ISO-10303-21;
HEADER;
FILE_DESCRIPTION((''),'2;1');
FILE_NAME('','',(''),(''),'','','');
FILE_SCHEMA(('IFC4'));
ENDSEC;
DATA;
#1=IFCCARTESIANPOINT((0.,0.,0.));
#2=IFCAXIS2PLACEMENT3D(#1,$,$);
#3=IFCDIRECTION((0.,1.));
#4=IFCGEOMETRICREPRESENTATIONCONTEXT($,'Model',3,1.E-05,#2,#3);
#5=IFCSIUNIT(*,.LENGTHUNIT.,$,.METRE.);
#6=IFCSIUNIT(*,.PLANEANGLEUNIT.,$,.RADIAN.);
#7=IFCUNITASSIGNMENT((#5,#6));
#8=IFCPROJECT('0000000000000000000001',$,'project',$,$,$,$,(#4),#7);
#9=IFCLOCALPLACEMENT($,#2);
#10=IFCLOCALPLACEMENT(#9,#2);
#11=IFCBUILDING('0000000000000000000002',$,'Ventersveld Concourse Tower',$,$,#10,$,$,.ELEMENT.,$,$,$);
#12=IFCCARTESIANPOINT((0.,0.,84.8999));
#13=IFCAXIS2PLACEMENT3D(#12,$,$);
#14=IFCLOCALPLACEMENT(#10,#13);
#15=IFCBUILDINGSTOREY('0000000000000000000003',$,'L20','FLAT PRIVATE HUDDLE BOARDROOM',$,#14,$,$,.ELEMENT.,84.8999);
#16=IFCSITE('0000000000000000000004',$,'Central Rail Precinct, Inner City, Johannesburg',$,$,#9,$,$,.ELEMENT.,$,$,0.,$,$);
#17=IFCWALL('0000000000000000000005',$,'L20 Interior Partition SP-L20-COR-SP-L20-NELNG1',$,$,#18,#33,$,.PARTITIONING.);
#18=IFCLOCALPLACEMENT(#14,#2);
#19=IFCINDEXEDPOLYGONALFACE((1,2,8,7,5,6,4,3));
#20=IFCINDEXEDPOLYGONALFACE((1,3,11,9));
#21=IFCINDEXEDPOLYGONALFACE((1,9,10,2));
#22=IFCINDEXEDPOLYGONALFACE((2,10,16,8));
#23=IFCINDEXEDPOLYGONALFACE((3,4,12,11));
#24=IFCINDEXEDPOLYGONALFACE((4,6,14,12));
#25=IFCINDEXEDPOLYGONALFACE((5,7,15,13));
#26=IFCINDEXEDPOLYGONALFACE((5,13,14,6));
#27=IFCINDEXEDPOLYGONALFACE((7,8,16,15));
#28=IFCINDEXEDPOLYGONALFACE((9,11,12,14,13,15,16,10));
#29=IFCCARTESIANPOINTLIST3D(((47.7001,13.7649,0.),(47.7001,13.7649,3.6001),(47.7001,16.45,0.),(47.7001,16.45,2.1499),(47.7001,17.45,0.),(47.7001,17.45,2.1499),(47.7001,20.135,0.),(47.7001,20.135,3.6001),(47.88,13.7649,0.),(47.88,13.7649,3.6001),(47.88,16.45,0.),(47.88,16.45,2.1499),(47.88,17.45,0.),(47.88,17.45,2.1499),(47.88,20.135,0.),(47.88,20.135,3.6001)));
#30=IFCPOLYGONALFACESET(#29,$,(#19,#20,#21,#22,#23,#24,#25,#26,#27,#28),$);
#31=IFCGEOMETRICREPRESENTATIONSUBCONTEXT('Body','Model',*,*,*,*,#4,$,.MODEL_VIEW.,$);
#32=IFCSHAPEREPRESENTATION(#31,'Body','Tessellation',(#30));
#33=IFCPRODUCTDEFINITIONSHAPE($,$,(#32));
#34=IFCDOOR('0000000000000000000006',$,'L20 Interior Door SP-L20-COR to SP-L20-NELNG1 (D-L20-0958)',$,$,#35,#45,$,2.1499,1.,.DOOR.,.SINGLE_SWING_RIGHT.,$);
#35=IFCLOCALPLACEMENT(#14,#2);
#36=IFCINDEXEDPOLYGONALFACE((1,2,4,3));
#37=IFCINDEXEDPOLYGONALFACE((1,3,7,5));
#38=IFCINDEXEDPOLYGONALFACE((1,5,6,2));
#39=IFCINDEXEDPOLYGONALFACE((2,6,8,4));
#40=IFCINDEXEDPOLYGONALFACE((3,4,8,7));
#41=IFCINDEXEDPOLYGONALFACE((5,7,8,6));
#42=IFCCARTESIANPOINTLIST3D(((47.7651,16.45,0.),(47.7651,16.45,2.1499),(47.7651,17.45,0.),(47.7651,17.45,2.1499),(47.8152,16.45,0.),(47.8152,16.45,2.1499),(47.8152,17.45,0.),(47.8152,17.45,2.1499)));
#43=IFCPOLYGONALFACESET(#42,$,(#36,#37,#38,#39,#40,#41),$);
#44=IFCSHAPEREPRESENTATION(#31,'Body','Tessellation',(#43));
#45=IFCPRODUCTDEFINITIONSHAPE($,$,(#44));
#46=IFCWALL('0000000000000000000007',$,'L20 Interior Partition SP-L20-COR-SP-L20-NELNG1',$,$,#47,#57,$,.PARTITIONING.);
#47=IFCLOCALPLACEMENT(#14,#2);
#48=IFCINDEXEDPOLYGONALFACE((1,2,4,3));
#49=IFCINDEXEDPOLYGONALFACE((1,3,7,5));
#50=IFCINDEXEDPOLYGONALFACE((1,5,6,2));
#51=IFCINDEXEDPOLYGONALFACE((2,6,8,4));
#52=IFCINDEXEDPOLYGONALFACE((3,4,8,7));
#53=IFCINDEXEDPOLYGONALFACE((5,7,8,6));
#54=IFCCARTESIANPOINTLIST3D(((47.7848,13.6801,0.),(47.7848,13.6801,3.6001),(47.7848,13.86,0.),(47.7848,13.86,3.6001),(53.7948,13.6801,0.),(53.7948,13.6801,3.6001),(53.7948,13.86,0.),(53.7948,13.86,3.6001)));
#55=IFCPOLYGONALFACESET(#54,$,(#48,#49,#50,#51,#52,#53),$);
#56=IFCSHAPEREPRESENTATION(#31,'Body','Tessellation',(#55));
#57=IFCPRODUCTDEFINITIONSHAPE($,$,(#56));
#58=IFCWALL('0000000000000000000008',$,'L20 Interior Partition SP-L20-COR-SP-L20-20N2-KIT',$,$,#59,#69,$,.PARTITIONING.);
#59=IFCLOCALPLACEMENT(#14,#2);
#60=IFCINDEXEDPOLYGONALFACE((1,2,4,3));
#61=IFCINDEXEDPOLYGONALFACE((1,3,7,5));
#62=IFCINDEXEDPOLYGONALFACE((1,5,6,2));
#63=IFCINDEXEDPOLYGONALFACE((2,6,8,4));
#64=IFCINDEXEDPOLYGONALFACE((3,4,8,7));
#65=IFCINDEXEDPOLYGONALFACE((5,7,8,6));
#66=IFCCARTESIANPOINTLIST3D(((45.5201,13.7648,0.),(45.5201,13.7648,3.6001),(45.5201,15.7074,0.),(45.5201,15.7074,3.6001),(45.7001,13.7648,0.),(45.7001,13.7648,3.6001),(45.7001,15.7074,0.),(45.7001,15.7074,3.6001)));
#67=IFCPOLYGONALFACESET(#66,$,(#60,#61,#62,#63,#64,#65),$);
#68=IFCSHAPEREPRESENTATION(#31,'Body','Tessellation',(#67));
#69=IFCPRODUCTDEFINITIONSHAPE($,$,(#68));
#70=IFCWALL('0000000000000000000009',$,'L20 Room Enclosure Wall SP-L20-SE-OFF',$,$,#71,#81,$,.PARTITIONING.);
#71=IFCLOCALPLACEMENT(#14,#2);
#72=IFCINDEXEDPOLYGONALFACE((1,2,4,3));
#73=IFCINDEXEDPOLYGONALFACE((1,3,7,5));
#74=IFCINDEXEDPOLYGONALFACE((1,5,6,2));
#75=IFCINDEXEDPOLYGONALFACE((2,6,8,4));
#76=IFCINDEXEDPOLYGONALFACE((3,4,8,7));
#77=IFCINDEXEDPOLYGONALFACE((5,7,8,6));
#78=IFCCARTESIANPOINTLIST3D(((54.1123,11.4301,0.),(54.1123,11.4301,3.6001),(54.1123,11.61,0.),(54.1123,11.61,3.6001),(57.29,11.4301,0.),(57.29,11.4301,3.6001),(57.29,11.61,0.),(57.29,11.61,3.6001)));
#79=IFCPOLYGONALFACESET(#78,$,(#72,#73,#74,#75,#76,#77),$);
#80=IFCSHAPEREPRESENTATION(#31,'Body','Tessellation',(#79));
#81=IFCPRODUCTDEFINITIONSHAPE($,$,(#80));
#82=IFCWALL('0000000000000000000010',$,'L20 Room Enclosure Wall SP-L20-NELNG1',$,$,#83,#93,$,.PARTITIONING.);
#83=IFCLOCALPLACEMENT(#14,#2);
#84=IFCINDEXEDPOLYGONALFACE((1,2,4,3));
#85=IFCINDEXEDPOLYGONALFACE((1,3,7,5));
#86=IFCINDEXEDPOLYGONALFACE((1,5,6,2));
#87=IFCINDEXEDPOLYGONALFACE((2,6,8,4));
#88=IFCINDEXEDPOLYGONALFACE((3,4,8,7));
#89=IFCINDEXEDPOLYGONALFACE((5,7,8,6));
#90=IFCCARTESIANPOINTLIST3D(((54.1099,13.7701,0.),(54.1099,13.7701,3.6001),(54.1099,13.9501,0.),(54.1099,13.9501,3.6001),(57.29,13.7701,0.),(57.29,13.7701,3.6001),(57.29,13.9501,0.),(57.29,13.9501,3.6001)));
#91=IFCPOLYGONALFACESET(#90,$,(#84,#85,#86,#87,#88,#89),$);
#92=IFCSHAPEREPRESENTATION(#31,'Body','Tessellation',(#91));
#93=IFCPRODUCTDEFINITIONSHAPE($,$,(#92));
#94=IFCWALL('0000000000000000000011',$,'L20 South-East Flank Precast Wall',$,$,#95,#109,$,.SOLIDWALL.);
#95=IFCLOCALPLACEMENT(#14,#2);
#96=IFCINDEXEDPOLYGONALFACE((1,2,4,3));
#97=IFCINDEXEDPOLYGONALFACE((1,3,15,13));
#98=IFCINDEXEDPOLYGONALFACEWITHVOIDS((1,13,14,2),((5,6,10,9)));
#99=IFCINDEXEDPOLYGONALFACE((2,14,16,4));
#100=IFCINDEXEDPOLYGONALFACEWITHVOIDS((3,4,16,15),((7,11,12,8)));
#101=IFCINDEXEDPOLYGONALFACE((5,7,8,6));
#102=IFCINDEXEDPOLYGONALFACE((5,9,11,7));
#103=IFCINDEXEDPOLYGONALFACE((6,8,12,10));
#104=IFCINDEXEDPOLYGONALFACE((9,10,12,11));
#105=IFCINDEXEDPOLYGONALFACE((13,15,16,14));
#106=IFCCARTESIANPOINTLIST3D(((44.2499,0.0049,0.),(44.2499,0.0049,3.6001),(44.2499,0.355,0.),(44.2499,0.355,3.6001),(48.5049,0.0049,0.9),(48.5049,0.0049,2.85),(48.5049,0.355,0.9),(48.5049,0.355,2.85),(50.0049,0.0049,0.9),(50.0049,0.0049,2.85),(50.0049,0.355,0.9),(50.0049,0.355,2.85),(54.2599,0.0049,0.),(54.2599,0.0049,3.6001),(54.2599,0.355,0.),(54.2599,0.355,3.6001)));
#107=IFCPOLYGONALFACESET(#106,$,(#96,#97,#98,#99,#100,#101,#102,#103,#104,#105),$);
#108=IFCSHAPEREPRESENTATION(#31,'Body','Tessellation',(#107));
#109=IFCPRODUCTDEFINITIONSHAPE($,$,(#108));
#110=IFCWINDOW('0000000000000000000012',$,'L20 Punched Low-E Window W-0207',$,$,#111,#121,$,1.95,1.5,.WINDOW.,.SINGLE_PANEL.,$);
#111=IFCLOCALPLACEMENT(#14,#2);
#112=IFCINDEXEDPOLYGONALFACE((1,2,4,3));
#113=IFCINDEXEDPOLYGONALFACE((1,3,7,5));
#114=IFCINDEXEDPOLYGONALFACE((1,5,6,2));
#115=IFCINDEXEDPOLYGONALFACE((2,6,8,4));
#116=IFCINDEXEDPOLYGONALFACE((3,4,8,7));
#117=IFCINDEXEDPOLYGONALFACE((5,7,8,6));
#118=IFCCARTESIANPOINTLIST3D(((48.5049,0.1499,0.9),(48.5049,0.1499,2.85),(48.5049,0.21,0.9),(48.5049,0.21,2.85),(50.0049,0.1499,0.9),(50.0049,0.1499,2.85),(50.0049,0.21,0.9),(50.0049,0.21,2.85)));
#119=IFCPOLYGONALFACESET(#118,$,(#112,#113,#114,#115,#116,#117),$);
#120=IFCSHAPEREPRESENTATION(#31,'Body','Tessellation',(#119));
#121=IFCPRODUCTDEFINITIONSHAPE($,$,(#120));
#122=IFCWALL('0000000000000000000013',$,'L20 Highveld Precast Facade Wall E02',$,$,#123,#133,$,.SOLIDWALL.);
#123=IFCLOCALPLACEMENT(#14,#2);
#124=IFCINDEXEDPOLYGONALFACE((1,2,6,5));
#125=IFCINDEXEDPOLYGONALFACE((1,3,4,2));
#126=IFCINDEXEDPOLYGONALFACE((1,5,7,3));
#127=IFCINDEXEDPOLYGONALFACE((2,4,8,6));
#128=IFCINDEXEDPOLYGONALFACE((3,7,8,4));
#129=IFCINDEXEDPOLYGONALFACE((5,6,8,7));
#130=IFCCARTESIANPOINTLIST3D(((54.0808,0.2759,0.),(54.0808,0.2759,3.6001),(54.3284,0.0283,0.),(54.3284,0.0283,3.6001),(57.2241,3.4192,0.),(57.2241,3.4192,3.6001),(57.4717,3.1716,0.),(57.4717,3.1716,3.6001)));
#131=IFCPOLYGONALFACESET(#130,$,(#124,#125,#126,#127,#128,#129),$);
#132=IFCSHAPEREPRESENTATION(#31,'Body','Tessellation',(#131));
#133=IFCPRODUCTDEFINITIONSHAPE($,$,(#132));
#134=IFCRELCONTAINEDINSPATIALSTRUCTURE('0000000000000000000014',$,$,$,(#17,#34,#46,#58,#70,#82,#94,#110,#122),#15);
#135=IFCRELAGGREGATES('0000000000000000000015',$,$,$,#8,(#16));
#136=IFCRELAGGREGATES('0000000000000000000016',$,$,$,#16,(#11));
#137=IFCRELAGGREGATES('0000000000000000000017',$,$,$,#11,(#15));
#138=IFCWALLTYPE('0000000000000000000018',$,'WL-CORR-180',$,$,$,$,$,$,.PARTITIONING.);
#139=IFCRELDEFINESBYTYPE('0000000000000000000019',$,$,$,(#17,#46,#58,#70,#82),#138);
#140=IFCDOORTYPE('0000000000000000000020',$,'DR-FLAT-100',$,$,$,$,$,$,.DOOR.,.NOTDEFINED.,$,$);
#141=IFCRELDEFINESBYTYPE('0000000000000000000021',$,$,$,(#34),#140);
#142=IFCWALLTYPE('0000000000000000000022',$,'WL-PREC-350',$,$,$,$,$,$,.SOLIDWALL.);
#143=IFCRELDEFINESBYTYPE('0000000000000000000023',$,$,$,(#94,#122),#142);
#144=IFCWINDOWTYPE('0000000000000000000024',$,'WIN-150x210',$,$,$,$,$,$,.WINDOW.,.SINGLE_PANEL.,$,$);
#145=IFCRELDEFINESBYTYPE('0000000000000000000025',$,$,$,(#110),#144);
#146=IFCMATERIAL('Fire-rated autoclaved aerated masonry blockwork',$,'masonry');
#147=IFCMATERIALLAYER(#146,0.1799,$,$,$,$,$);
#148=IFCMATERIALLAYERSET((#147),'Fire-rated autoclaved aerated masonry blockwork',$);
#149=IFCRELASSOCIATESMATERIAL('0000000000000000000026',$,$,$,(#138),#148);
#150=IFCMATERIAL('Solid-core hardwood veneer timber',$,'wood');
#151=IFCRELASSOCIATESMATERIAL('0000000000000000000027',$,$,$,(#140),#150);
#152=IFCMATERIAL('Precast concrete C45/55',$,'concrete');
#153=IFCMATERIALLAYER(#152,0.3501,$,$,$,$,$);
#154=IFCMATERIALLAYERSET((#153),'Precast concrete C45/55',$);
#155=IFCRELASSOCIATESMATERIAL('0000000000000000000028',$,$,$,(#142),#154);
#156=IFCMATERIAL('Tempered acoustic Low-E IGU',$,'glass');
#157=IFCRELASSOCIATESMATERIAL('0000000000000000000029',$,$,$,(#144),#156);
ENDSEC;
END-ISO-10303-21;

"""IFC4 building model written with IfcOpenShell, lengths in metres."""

from ifc_helpers import new_model, si_unit, direction, frame, frame_2d, origin, place, context, subcontext, project, spatial, rectangle, extrude, material, layer, layer_set, type_object, element, fill, save


model = new_model("IFC4")

# Units and contexts
model_context = context("Model", 3, precision=1e-05, world=origin(), true_north=direction((0.0, 1.0)))
body_context = subcontext(model_context, "Body", "Model", "MODEL_VIEW")
ifc_project = project(units=[si_unit("LENGTHUNIT", "METRE"), si_unit("PLANEANGLEUNIT", "RADIAN")], contexts=[model_context])

# Site, building, storey
site_placement = place(None, origin())
site = spatial("IfcSite", under=ifc_project, at=site_placement, Name="Central Rail Precinct, Inner City, Johannesburg", CompositionType="ELEMENT", RefElevation=0.0)
building_placement = place(site_placement, origin())
building = spatial("IfcBuilding", under=site, at=building_placement, Name="Ventersveld Concourse Tower", CompositionType="ELEMENT")
storey_placement = place(building_placement, frame((0.0, 0.0, 84.8999)))
storey = spatial("IfcBuildingStorey", under=building, at=storey_placement, Name="L20", Description="FLAT PRIVATE HUDDLE BOARDROOM", CompositionType="ELEMENT", Elevation=84.8999)

# Wall, opening, door
ifc_material_1 = material(Name="Fire-rated autoclaved aerated masonry blockwork", Category="masonry")
ifc_layer_1 = layer(ifc_material_1, 0.1799)
ifc_layer_set_1 = layer_set([ifc_layer_1], Name="Fire-rated autoclaved aerated masonry blockwork")
wall_type_1 = type_object("IfcWallType", Name="WL-CORR-180", PredefinedType="PARTITIONING", material=ifc_layer_set_1)
ifc_material_2 = material(Name="Solid-core hardwood veneer timber", Category="wood")
door_type = type_object("IfcDoorType", Name="DR-FLAT-100", OperationType="NOTDEFINED", PredefinedType="DOOR", material=ifc_material_2)
wall_1_placement = place(storey_placement, frame((47.79, 13.7649, 0.0), z_axis=(0.0, 0.0, 1.0), x_axis=(0.0, 1.0, 0.0)))
wall_1 = element("IfcWall", 1, at=wall_1_placement, inside=storey, type_object=wall_type_1, Name="L20 Interior Partition SP-L20-COR-SP-L20-NELNG1", PredefinedType="PARTITIONING", context=body_context, shape_type="SweptSolid", body=[
    extrude(rectangle(XDim=6.3701, YDim=0.1799, at=frame_2d((3.1851, 0.0))), origin(), (0.0, 0.0, 1.0), 3.6001),
])
opening_1_placement = place(wall_1_placement, frame((2.6851, 0.0, 0.0)))
opening_1 = element("IfcOpeningElement", 2, at=opening_1_placement, cuts=wall_1, PredefinedType="OPENING", context=body_context, shape_type="SweptSolid", body=[
    extrude(rectangle(XDim=1.0, YDim=2.1499, at=frame_2d((0.5, 1.075))), frame((0.0, 0.1001, 0.0), z_axis=(0.0, -1.0, 0.0), x_axis=(1.0, 0.0, 0.0)), (0.0, 0.0, 1.0), 0.2),
])
door_1_placement = place(opening_1_placement, origin())
door_1 = element("IfcDoor", 3, at=door_1_placement, inside=storey, type_object=door_type, Name="L20 Interior Door SP-L20-COR to SP-L20-NELNG1 (D-L20-0958)", OperationType="SINGLE_SWING_RIGHT", OverallHeight=2.1499, OverallWidth=1.0, PredefinedType="DOOR", context=body_context, shape_type="SweptSolid", body=[
    extrude(rectangle(XDim=1.0, YDim=2.1499, at=frame_2d((0.5, 1.075))), frame((0.0, 0.0249, 0.0), z_axis=(0.0, -1.0, 0.0), x_axis=(1.0, 0.0, 0.0)), (0.0, 0.0, 1.0), 0.05),
])
fill(opening_1, door_1)

# Walls
wall_2_placement = place(storey_placement, frame((47.7849, 13.77, 0.0), z_axis=(0.0, 0.0, 1.0), x_axis=(1.0, 0.0, 0.0)))
element("IfcWall", 4, at=wall_2_placement, inside=storey, type_object=wall_type_1, Name="L20 Interior Partition SP-L20-COR-SP-L20-NELNG1", PredefinedType="PARTITIONING", context=body_context, shape_type="SweptSolid", body=[
    extrude(rectangle(XDim=6.01, YDim=0.1799, at=frame_2d((3.0049, 0.0))), origin(), (0.0, 0.0, 1.0), 3.6001),
])
wall_3_placement = place(storey_placement, frame((45.6101, 13.7649, 0.0), z_axis=(0.0, 0.0, 1.0), x_axis=(0.0, 1.0, 0.0)))
element("IfcWall", 5, at=wall_3_placement, inside=storey, type_object=wall_type_1, Name="L20 Interior Partition SP-L20-COR-SP-L20-20N2-KIT", PredefinedType="PARTITIONING", context=body_context, shape_type="SweptSolid", body=[
    extrude(rectangle(XDim=1.9426, YDim=0.1799, at=frame_2d((0.9712, 0.0))), origin(), (0.0, 0.0, 1.0), 3.6001),
])
wall_4_placement = place(storey_placement, frame((54.1123, 11.52, 0.0), z_axis=(0.0, 0.0, 1.0), x_axis=(1.0, 0.0, 0.0)))
element("IfcWall", 6, at=wall_4_placement, inside=storey, type_object=wall_type_1, Name="L20 Room Enclosure Wall SP-L20-SE-OFF", PredefinedType="PARTITIONING", context=body_context, shape_type="SweptSolid", body=[
    extrude(rectangle(XDim=3.1777, YDim=0.1799, at=frame_2d((1.5889, 0.0))), origin(), (0.0, 0.0, 1.0), 3.6001),
])
wall_5_placement = place(storey_placement, frame((57.29, 13.8601, 0.0), z_axis=(0.0, 0.0, 1.0), x_axis=(-1.0, 0.0, 0.0)))
element("IfcWall", 7, at=wall_5_placement, inside=storey, type_object=wall_type_1, Name="L20 Room Enclosure Wall SP-L20-NELNG1", PredefinedType="PARTITIONING", context=body_context, shape_type="SweptSolid", body=[
    extrude(rectangle(XDim=3.1802, YDim=0.1799, at=frame_2d((1.5901, 0.0))), origin(), (0.0, 0.0, 1.0), 3.6001),
])

# Wall, opening, window
ifc_material_3 = material(Name="Precast concrete C45/55", Category="concrete")
ifc_layer_2 = layer(ifc_material_3, 0.3501)
ifc_layer_set_2 = layer_set([ifc_layer_2], Name="Precast concrete C45/55")
wall_type_2 = type_object("IfcWallType", Name="WL-PREC-350", PredefinedType="SOLIDWALL", material=ifc_layer_set_2)
wall_6_placement = place(storey_placement, frame((44.25, 0.1799, 0.0), z_axis=(0.0, 0.0, 1.0), x_axis=(1.0, 0.0, 0.0)))
wall_6 = element("IfcWall", 8, at=wall_6_placement, inside=storey, type_object=wall_type_2, Name="L20 South-East Flank Precast Wall", PredefinedType="SOLIDWALL", context=body_context, shape_type="SweptSolid", body=[
    extrude(rectangle(XDim=10.01, YDim=0.3501, at=frame_2d((5.0049, 0.0))), origin(), (0.0, 0.0, 1.0), 3.6001),
])
opening_2_placement = place(wall_6_placement, frame((4.2549, 0.0, 0.8999)))
opening_2 = element("IfcOpeningElement", 9, at=opening_2_placement, cuts=wall_6, PredefinedType="OPENING", context=body_context, shape_type="SweptSolid", body=[
    extrude(rectangle(XDim=1.5, YDim=1.95, at=frame_2d((0.75, 0.9751))), frame((0.0, 0.1851, 0.0), z_axis=(0.0, -1.0, 0.0), x_axis=(1.0, 0.0, 0.0)), (0.0, 0.0, 1.0), 0.3701),
])
ifc_material_4 = material(Name="Tempered acoustic Low-E IGU", Category="glass")
window_type_1 = type_object("IfcWindowType", Name="WIN-150x210", PartitioningType="SINGLE_PANEL", PredefinedType="WINDOW", material=ifc_material_4)
window_1_placement = place(opening_2_placement, origin())
window_1 = element("IfcWindow", 10, at=window_1_placement, inside=storey, type_object=window_type_1, Name="L20 Punched Low-E Window W-0207", OverallHeight=1.95, OverallWidth=1.5, PartitioningType="SINGLE_PANEL", PredefinedType="WINDOW", context=body_context, shape_type="SweptSolid", body=[
    extrude(rectangle(XDim=1.5, YDim=1.95, at=frame_2d((0.75, 0.9751))), frame((0.0, 0.03, 0.0), z_axis=(0.0, -1.0, 0.0), x_axis=(1.0, 0.0, 0.0)), (0.0, 0.0, 1.0), 0.0601),
])
fill(opening_2, window_1)

# Wall
wall_7_placement = place(storey_placement, frame((54.2046, 0.1521, 0.0), z_axis=(0.0, 0.0, 1.0), x_axis=(0.707107, 0.707107, 0.0)))
element("IfcWall", 11, at=wall_7_placement, inside=storey, type_object=wall_type_2, Name="L20 Highveld Precast Facade Wall E02", PredefinedType="SOLIDWALL", context=body_context, shape_type="SweptSolid", body=[
    extrude(rectangle(XDim=4.4453, YDim=0.3501, at=frame_2d((2.2227, 0.0))), origin(), (0.0, 0.0, 1.0), 3.6001),
])

save(model, "model.ifc")
